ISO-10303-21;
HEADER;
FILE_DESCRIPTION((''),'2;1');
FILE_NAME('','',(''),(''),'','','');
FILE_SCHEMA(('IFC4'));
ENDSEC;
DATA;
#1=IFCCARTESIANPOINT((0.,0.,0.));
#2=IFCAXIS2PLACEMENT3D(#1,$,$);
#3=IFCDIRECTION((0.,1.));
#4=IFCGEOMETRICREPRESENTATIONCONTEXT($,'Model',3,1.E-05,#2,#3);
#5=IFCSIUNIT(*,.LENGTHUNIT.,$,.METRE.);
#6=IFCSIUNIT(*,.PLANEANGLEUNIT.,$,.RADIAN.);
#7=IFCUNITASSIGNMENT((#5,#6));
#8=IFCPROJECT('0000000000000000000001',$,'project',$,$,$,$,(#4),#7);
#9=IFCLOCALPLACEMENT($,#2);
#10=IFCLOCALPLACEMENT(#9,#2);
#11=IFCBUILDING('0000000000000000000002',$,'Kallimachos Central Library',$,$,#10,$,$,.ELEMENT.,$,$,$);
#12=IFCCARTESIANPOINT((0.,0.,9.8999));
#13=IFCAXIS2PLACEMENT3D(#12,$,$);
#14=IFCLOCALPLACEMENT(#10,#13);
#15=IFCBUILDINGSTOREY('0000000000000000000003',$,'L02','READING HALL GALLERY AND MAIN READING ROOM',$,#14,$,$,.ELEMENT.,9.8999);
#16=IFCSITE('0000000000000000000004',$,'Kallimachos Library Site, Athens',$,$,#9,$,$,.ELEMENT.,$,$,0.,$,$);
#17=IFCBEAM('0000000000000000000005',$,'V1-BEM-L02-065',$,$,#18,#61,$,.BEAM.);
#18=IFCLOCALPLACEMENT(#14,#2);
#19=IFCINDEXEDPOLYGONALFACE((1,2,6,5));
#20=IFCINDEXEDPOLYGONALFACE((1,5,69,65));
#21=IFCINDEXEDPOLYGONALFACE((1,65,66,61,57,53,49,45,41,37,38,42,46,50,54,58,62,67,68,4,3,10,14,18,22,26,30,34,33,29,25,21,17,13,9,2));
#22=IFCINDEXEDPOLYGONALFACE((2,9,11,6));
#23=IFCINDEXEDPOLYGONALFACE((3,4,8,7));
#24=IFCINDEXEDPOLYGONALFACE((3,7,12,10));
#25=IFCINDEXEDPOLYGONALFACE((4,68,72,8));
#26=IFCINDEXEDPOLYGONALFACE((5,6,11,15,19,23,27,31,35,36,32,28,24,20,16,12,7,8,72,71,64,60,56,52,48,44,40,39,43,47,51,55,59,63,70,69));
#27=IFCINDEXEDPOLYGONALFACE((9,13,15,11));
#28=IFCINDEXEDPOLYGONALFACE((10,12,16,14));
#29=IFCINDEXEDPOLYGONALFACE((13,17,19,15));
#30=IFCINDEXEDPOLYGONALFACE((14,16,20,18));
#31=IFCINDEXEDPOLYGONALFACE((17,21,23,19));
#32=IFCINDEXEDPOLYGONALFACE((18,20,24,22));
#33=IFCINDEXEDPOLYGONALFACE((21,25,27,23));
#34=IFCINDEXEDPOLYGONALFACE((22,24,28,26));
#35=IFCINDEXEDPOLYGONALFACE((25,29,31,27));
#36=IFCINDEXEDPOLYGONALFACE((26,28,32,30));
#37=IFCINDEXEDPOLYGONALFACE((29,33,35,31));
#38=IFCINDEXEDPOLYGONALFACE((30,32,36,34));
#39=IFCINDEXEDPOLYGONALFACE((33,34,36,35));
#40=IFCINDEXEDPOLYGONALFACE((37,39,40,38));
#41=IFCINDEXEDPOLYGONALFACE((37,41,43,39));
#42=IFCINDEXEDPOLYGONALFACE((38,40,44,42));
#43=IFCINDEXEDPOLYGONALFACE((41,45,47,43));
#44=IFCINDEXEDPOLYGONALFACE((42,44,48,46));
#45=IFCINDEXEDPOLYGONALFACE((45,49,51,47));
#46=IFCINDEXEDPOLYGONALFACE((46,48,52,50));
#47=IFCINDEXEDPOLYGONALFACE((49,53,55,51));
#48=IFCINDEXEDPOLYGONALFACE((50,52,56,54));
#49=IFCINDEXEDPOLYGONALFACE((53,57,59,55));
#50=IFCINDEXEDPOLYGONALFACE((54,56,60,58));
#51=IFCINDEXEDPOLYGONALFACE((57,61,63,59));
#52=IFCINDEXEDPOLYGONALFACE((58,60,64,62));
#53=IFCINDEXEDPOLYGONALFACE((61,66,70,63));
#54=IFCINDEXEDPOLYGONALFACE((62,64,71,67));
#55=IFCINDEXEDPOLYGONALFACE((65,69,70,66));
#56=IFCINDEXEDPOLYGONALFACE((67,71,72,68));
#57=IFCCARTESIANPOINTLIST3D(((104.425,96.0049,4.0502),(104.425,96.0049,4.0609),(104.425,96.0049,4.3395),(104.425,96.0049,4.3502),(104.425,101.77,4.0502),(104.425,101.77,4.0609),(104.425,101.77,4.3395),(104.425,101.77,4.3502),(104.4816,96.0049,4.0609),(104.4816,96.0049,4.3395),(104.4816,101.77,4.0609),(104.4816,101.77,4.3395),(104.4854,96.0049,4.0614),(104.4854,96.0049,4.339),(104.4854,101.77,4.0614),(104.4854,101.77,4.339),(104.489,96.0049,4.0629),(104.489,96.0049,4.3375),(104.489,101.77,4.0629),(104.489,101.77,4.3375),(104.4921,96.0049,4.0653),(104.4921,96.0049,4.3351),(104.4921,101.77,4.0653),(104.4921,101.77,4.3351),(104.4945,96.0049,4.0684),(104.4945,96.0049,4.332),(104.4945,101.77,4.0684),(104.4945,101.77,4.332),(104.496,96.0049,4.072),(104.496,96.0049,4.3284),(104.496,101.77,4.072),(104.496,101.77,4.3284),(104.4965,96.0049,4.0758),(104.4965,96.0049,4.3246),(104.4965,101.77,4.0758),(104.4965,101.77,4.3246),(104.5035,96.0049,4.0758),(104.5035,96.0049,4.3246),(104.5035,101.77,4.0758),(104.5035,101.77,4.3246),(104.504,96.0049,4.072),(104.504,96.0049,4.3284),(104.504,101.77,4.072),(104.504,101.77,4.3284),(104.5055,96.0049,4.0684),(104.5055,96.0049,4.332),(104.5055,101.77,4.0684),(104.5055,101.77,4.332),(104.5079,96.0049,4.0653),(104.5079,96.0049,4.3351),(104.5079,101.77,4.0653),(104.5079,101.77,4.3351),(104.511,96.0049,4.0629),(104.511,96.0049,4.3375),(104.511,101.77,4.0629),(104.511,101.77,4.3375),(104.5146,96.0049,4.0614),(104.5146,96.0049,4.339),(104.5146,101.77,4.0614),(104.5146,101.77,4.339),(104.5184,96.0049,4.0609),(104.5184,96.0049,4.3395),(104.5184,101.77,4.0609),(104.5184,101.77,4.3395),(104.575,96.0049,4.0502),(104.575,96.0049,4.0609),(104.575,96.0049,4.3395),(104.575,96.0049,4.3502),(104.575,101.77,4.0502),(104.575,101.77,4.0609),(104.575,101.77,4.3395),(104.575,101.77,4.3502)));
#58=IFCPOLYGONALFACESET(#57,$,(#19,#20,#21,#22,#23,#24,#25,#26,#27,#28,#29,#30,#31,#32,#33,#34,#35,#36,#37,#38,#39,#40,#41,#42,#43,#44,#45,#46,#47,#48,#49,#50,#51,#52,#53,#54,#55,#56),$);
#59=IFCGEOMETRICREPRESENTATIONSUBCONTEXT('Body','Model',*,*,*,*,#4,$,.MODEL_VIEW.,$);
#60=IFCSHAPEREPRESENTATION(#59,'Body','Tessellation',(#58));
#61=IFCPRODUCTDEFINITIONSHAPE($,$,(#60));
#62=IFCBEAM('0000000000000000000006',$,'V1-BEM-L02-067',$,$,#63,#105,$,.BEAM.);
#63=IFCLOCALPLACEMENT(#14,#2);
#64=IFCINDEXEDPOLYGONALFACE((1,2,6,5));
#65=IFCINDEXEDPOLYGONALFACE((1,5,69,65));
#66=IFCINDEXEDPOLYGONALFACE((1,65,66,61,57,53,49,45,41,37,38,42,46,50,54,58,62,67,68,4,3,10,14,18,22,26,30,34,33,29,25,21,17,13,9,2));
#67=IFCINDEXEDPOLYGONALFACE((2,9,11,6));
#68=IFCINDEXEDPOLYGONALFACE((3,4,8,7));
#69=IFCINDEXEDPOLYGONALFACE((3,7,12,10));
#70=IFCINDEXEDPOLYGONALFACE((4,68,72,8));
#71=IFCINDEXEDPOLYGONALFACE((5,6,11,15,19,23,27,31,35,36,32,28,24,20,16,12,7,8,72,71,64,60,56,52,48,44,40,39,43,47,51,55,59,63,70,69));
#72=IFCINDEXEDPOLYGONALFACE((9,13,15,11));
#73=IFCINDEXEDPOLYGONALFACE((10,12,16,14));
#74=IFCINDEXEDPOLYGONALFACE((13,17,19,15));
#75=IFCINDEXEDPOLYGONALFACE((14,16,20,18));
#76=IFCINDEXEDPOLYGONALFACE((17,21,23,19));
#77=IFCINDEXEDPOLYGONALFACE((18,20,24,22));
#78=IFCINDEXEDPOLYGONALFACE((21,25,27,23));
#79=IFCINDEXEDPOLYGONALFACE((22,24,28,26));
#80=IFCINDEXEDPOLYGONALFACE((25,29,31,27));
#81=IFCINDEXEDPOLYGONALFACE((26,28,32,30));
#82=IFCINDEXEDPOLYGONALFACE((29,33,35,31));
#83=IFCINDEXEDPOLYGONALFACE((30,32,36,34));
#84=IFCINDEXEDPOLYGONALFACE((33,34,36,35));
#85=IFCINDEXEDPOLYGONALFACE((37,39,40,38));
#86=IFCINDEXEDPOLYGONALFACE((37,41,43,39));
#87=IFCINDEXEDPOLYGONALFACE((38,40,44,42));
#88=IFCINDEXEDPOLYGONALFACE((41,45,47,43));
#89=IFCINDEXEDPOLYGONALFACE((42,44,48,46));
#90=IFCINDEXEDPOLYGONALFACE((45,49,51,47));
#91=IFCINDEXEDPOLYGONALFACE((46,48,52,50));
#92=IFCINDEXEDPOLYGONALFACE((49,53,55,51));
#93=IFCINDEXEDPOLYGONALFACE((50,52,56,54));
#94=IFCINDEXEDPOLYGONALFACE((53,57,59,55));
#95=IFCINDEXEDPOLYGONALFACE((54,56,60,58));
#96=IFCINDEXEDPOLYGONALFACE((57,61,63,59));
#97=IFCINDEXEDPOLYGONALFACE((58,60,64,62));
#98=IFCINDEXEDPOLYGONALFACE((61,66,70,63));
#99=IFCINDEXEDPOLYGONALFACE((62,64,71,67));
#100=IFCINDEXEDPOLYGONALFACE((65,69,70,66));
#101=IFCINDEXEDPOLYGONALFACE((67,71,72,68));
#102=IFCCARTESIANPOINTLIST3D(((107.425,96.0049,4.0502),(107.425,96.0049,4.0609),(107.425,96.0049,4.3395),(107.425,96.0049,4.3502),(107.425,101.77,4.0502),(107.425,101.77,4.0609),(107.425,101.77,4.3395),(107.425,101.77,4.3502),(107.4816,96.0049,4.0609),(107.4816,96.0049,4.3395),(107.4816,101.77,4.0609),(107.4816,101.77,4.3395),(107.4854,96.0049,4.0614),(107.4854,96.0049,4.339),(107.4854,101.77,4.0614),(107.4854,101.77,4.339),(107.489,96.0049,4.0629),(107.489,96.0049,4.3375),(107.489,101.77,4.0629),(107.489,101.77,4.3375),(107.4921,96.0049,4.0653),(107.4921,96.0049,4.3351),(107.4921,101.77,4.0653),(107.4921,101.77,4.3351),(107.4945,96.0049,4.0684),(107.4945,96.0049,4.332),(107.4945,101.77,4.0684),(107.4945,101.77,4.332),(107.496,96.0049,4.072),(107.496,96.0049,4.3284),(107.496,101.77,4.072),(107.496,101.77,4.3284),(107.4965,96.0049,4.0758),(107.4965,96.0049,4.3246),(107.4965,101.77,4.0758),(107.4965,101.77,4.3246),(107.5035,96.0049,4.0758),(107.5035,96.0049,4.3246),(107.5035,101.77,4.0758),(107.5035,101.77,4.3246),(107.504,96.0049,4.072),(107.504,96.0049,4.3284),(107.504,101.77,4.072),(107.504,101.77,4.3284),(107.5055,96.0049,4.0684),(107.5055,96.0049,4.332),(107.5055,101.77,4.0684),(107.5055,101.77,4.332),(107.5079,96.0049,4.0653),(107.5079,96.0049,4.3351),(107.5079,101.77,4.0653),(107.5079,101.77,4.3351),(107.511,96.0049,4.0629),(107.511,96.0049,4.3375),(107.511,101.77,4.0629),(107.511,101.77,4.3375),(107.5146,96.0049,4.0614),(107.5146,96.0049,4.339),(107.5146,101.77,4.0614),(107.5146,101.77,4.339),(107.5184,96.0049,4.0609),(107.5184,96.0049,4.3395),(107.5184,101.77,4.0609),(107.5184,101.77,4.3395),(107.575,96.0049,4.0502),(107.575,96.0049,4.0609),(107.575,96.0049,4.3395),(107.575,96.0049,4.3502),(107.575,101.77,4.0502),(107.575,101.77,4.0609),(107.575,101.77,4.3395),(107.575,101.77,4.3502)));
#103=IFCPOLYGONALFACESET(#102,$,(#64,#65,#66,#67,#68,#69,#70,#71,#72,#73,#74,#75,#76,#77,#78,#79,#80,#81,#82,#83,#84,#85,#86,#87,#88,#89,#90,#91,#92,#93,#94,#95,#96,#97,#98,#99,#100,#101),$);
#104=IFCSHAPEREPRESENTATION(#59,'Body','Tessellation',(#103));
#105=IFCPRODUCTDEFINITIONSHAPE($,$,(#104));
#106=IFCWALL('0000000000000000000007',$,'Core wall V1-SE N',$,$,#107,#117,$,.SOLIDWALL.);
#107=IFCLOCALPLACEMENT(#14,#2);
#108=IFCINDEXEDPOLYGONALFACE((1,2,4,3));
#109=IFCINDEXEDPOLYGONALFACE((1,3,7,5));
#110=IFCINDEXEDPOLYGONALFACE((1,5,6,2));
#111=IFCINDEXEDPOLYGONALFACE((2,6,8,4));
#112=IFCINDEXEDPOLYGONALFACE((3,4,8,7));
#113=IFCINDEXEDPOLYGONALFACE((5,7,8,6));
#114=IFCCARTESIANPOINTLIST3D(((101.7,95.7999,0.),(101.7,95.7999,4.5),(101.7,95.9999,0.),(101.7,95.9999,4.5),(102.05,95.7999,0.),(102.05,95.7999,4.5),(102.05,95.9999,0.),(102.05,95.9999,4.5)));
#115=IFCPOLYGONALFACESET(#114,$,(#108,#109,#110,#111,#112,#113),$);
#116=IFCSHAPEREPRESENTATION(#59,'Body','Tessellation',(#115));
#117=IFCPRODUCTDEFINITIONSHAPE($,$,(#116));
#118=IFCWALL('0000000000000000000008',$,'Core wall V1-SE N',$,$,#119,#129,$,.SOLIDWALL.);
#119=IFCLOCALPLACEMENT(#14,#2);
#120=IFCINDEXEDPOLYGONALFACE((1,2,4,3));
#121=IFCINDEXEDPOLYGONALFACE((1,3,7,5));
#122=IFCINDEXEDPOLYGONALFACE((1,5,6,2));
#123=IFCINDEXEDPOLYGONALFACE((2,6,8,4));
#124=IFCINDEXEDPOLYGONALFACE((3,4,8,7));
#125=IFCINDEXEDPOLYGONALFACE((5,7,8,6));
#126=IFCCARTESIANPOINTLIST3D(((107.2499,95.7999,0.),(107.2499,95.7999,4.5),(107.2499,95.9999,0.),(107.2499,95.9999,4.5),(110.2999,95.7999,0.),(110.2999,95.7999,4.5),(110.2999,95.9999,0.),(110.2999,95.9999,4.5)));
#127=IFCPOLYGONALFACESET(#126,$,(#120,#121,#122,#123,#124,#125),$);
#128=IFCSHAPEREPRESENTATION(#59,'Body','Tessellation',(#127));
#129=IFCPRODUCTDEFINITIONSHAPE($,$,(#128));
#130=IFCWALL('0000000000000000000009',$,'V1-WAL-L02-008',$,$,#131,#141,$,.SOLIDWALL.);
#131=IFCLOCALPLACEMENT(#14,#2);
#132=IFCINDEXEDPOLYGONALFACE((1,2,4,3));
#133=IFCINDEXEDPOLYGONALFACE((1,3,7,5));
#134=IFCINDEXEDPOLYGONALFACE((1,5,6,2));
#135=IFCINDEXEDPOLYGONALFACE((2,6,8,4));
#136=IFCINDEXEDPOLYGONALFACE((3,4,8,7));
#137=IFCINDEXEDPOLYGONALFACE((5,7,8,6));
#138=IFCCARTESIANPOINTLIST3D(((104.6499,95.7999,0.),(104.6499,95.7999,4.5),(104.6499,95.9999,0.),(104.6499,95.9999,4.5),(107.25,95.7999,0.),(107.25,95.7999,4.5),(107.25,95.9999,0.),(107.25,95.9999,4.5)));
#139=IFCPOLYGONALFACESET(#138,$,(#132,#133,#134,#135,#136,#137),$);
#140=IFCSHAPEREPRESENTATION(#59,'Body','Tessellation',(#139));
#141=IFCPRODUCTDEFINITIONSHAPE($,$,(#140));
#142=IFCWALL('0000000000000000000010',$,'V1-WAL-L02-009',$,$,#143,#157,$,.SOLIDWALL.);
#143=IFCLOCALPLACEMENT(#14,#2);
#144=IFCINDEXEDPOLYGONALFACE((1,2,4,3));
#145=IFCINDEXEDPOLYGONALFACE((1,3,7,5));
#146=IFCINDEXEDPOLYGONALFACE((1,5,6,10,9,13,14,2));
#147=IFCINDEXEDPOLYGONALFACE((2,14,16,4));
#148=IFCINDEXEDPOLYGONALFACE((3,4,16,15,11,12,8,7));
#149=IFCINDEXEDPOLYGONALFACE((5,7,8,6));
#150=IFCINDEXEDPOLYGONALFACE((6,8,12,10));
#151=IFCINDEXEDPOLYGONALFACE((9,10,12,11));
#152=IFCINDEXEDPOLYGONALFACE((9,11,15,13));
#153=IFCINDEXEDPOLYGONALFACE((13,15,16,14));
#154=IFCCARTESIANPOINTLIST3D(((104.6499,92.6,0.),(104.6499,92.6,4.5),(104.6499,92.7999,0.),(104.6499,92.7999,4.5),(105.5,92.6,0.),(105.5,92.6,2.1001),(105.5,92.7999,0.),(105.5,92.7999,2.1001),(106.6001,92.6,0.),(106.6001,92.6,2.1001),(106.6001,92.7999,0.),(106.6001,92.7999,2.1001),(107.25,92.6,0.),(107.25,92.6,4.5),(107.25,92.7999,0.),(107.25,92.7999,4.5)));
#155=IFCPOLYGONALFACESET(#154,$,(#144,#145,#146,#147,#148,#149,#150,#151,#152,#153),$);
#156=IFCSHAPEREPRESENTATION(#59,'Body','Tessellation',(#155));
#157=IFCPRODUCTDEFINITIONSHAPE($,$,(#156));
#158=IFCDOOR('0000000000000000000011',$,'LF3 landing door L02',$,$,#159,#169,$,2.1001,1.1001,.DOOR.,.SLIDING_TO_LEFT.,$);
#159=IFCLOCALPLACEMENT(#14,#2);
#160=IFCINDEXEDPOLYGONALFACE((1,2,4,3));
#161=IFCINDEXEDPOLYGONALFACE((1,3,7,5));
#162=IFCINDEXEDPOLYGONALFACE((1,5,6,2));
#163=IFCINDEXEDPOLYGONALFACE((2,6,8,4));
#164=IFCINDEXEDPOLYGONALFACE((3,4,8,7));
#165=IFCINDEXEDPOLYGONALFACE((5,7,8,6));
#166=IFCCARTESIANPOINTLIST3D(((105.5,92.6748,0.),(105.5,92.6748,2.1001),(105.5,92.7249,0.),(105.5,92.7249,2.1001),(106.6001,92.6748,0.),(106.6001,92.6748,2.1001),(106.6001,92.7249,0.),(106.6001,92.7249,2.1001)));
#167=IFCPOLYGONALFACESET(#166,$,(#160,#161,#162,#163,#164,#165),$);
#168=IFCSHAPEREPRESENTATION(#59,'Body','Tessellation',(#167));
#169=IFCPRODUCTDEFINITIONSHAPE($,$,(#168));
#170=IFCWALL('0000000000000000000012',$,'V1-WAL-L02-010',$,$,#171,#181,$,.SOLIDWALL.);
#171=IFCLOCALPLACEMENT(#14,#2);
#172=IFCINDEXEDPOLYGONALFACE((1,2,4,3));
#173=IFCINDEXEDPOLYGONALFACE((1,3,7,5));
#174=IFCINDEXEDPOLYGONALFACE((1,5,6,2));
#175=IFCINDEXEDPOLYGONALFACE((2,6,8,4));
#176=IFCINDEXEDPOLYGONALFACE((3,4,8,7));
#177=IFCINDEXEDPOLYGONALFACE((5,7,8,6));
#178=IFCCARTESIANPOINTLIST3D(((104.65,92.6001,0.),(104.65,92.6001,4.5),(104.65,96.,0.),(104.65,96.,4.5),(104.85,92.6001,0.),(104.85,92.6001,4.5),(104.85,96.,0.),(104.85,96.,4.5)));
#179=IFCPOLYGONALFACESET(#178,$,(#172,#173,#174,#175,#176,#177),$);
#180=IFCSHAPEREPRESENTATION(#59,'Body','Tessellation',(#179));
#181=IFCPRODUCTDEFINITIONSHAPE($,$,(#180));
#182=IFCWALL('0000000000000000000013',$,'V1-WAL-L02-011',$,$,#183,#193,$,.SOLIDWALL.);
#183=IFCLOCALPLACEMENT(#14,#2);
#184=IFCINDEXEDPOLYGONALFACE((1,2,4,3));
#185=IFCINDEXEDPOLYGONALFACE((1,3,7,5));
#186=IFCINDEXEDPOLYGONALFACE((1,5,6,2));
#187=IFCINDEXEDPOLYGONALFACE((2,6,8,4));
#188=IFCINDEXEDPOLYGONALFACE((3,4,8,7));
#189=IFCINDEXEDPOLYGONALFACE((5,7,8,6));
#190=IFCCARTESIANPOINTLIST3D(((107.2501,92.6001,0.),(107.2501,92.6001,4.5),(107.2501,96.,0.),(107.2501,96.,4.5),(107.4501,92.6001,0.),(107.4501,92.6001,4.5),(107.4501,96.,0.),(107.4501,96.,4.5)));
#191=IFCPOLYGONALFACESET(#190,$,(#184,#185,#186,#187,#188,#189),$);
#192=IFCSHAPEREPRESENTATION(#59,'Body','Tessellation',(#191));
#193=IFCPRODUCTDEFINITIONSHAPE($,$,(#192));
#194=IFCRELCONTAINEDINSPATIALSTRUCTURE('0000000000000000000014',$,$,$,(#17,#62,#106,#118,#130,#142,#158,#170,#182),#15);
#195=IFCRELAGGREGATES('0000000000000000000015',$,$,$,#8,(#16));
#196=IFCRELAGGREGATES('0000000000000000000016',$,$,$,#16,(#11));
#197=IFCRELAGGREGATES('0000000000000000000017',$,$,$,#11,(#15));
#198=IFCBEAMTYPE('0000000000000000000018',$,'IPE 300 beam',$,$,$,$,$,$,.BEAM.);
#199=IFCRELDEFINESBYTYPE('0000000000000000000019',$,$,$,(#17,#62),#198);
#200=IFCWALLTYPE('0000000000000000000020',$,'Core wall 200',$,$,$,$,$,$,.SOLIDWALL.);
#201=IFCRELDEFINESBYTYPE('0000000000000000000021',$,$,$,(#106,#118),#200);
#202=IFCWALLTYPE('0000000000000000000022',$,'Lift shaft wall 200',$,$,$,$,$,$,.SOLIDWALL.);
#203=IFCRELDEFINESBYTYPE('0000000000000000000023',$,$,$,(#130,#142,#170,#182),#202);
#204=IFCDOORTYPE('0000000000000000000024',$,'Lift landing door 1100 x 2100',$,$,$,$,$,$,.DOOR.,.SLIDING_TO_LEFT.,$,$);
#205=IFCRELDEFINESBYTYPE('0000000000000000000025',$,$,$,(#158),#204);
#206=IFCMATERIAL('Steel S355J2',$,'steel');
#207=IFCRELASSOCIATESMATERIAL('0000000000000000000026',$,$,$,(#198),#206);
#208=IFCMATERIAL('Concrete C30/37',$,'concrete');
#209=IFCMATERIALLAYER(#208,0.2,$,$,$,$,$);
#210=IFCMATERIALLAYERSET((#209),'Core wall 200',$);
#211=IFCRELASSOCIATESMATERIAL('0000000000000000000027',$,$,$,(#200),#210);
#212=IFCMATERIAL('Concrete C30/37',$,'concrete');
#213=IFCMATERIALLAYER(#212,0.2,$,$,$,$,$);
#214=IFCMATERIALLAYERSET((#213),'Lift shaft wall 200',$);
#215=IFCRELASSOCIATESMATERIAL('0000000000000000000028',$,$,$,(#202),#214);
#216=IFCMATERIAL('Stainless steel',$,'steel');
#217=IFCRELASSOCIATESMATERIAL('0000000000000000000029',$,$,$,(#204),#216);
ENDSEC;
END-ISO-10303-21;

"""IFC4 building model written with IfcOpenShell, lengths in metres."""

from ifc_helpers import new_model, si_unit, direction, frame, frame_2d, origin, origin_2d, place, context, subcontext, project, spatial, rectangle, i_section, extrude, material, layer, layer_set, material_profile, profile_set, type_object, element, fill, save


model = new_model("IFC4")

# Units and contexts
model_context = context("Model", 3, precision=1e-05, world=origin(), true_north=direction((0.0, 1.0)))
body_context = subcontext(model_context, "Body", "Model", "MODEL_VIEW")
ifc_project = project(units=[si_unit("LENGTHUNIT", "METRE"), si_unit("PLANEANGLEUNIT", "RADIAN")], contexts=[model_context])

# Site, building, storey
site_placement = place(None, origin())
site = spatial("IfcSite", under=ifc_project, at=site_placement, Name="Kallimachos Library Site, Athens", CompositionType="ELEMENT", RefElevation=0.0)
building_placement = place(site_placement, origin())
building = spatial("IfcBuilding", under=site, at=building_placement, Name="Kallimachos Central Library", CompositionType="ELEMENT")
storey_placement = place(building_placement, frame((0.0, 0.0, 9.8999)))
storey = spatial("IfcBuildingStorey", under=building, at=storey_placement, Name="L02", Description="READING HALL GALLERY AND MAIN READING ROOM", CompositionType="ELEMENT", Elevation=9.8999)

# Beams
ifc_material_1 = material(Name="Steel S355J2", Category="steel")
ifc_material_profile_1 = material_profile(ifc_material_1, i_section(OverallWidth=0.1499, OverallDepth=0.3, WebThickness=0.0071, FlangeThickness=0.0107, FilletRadius=0.0149, at=origin_2d()), Name="IPE 300")
ifc_profile_set_1 = profile_set([ifc_material_profile_1], Name="Steel S355J2")
beam_type_1 = type_object("IfcBeamType", Name="IPE 300 beam", PredefinedType="BEAM", material=ifc_profile_set_1)
for number, where, z_axis, x_axis, name in (
    (1, (104.5, 96.0049, 4.2002), (0.0, 1.0, 0.0), (-1.0, 0.0, 0.0), "V1-BEM-L02-065"),
    (2, (107.5, 96.0049, 4.2002), (0.0, 1.0, 0.0), (-1.0, 0.0, 0.0), "V1-BEM-L02-067"),
):
    element("IfcBeam", number, at=place(storey_placement, frame(where, z_axis=z_axis, x_axis=x_axis)), inside=storey, type_object=beam_type_1, Name=name, PredefinedType="BEAM", context=body_context, shape_type="SweptSolid", body=[
        extrude(i_section(OverallWidth=0.1499, OverallDepth=0.3, WebThickness=0.0071, FlangeThickness=0.0107, FilletRadius=0.0149, at=origin_2d()), origin(), (0.0, 0.0, 1.0), 5.7651),
    ])

# Walls
ifc_material_2 = material(Name="Concrete C30/37", Category="concrete")
ifc_layer_1 = layer(ifc_material_2, 0.2)
ifc_layer_set_1 = layer_set([ifc_layer_1], Name="Core wall 200")
wall_type_1 = type_object("IfcWallType", Name="Core wall 200", PredefinedType="SOLIDWALL", material=ifc_layer_set_1)
wall_1_placement = place(storey_placement, frame((101.7, 95.8999, 0.0), z_axis=(0.0, 0.0, 1.0), x_axis=(1.0, 0.0, 0.0)))
element("IfcWall", 3, at=wall_1_placement, inside=storey, type_object=wall_type_1, Name="Core wall V1-SE N", PredefinedType="SOLIDWALL", context=body_context, shape_type="SweptSolid", body=[
    extrude(rectangle(XDim=0.3501, YDim=0.2, at=frame_2d((0.175, 0.0))), origin(), (0.0, 0.0, 1.0), 4.5),
])
wall_2_placement = place(storey_placement, frame((107.25, 95.8999, 0.0), z_axis=(0.0, 0.0, 1.0), x_axis=(1.0, 0.0, 0.0)))
element("IfcWall", 4, at=wall_2_placement, inside=storey, type_object=wall_type_1, Name="Core wall V1-SE N", PredefinedType="SOLIDWALL", context=body_context, shape_type="SweptSolid", body=[
    extrude(rectangle(XDim=3.05, YDim=0.2, at=frame_2d((1.5249, 0.0))), origin(), (0.0, 0.0, 1.0), 4.5),
])
ifc_material_3 = material(Name="Concrete C30/37", Category="concrete")
ifc_layer_2 = layer(ifc_material_3, 0.2)
ifc_layer_set_2 = layer_set([ifc_layer_2], Name="Lift shaft wall 200")
wall_type_2 = type_object("IfcWallType", Name="Lift shaft wall 200", PredefinedType="SOLIDWALL", material=ifc_layer_set_2)
wall_3_placement = place(storey_placement, frame((104.6499, 95.8999, 0.0), z_axis=(0.0, 0.0, 1.0), x_axis=(1.0, 0.0, 0.0)))
element("IfcWall", 5, at=wall_3_placement, inside=storey, type_object=wall_type_2, Name="V1-WAL-L02-008", PredefinedType="SOLIDWALL", context=body_context, shape_type="SweptSolid", body=[
    extrude(rectangle(XDim=2.6001, YDim=0.2, at=frame_2d((1.3, 0.0))), origin(), (0.0, 0.0, 1.0), 4.5),
])

# Wall, opening, door
wall_4_placement = place(storey_placement, frame((104.6499, 92.7, 0.0), z_axis=(0.0, 0.0, 1.0), x_axis=(1.0, 0.0, 0.0)))
wall_4 = element("IfcWall", 6, at=wall_4_placement, inside=storey, type_object=wall_type_2, Name="V1-WAL-L02-009", PredefinedType="SOLIDWALL", context=body_context, shape_type="SweptSolid", body=[
    extrude(rectangle(XDim=2.6001, YDim=0.2, at=frame_2d((1.3, 0.0))), origin(), (0.0, 0.0, 1.0), 4.5),
])
opening_1_placement = place(wall_4_placement, frame((0.8501, 0.0, 0.0)))
opening_1 = element("IfcOpeningElement", 7, at=opening_1_placement, cuts=wall_4, PredefinedType="OPENING", context=body_context, shape_type="SweptSolid", body=[
    extrude(rectangle(XDim=1.1001, YDim=2.1001, at=frame_2d((0.55, 1.05))), frame((0.0, 0.1099, 0.0), z_axis=(0.0, -1.0, 0.0), x_axis=(1.0, 0.0, 0.0)), (0.0, 0.0, 1.0), 0.22),
])
ifc_material_4 = material(Name="Stainless steel", Category="steel")
door_type_1 = type_object("IfcDoorType", Name="Lift landing door 1100 x 2100", OperationType="SLIDING_TO_LEFT", PredefinedType="DOOR", material=ifc_material_4)
door_1_placement = place(opening_1_placement, origin())
door_1 = element("IfcDoor", 8, at=door_1_placement, inside=storey, type_object=door_type_1, Name="LF3 landing door L02", OperationType="SLIDING_TO_LEFT", OverallHeight=2.1001, OverallWidth=1.1001, PredefinedType="DOOR", context=body_context, shape_type="SweptSolid", body=[
    extrude(rectangle(XDim=1.1001, YDim=2.1001, at=frame_2d((0.55, 1.05))), frame((0.0, 0.0249, 0.0), z_axis=(0.0, -1.0, 0.0), x_axis=(1.0, 0.0, 0.0)), (0.0, 0.0, 1.0), 0.05),
])
fill(opening_1, door_1)

# Walls
for number, where, z_axis, x_axis, name in (
    (9, (104.75, 92.6001, 0.0), (0.0, 0.0, 1.0), (0.0, 1.0, 0.0), "V1-WAL-L02-010"),
    (10, (107.3501, 92.6001, 0.0), (0.0, 0.0, 1.0), (0.0, 1.0, 0.0), "V1-WAL-L02-011"),
):
    element("IfcWall", number, at=place(storey_placement, frame(where, z_axis=z_axis, x_axis=x_axis)), inside=storey, type_object=wall_type_2, Name=name, PredefinedType="SOLIDWALL", context=body_context, shape_type="SweptSolid", body=[
        extrude(rectangle(XDim=3.3999, YDim=0.2, at=frame_2d((1.7, 0.0))), origin(), (0.0, 0.0, 1.0), 4.5),
    ])

save(model, "model.ifc")
